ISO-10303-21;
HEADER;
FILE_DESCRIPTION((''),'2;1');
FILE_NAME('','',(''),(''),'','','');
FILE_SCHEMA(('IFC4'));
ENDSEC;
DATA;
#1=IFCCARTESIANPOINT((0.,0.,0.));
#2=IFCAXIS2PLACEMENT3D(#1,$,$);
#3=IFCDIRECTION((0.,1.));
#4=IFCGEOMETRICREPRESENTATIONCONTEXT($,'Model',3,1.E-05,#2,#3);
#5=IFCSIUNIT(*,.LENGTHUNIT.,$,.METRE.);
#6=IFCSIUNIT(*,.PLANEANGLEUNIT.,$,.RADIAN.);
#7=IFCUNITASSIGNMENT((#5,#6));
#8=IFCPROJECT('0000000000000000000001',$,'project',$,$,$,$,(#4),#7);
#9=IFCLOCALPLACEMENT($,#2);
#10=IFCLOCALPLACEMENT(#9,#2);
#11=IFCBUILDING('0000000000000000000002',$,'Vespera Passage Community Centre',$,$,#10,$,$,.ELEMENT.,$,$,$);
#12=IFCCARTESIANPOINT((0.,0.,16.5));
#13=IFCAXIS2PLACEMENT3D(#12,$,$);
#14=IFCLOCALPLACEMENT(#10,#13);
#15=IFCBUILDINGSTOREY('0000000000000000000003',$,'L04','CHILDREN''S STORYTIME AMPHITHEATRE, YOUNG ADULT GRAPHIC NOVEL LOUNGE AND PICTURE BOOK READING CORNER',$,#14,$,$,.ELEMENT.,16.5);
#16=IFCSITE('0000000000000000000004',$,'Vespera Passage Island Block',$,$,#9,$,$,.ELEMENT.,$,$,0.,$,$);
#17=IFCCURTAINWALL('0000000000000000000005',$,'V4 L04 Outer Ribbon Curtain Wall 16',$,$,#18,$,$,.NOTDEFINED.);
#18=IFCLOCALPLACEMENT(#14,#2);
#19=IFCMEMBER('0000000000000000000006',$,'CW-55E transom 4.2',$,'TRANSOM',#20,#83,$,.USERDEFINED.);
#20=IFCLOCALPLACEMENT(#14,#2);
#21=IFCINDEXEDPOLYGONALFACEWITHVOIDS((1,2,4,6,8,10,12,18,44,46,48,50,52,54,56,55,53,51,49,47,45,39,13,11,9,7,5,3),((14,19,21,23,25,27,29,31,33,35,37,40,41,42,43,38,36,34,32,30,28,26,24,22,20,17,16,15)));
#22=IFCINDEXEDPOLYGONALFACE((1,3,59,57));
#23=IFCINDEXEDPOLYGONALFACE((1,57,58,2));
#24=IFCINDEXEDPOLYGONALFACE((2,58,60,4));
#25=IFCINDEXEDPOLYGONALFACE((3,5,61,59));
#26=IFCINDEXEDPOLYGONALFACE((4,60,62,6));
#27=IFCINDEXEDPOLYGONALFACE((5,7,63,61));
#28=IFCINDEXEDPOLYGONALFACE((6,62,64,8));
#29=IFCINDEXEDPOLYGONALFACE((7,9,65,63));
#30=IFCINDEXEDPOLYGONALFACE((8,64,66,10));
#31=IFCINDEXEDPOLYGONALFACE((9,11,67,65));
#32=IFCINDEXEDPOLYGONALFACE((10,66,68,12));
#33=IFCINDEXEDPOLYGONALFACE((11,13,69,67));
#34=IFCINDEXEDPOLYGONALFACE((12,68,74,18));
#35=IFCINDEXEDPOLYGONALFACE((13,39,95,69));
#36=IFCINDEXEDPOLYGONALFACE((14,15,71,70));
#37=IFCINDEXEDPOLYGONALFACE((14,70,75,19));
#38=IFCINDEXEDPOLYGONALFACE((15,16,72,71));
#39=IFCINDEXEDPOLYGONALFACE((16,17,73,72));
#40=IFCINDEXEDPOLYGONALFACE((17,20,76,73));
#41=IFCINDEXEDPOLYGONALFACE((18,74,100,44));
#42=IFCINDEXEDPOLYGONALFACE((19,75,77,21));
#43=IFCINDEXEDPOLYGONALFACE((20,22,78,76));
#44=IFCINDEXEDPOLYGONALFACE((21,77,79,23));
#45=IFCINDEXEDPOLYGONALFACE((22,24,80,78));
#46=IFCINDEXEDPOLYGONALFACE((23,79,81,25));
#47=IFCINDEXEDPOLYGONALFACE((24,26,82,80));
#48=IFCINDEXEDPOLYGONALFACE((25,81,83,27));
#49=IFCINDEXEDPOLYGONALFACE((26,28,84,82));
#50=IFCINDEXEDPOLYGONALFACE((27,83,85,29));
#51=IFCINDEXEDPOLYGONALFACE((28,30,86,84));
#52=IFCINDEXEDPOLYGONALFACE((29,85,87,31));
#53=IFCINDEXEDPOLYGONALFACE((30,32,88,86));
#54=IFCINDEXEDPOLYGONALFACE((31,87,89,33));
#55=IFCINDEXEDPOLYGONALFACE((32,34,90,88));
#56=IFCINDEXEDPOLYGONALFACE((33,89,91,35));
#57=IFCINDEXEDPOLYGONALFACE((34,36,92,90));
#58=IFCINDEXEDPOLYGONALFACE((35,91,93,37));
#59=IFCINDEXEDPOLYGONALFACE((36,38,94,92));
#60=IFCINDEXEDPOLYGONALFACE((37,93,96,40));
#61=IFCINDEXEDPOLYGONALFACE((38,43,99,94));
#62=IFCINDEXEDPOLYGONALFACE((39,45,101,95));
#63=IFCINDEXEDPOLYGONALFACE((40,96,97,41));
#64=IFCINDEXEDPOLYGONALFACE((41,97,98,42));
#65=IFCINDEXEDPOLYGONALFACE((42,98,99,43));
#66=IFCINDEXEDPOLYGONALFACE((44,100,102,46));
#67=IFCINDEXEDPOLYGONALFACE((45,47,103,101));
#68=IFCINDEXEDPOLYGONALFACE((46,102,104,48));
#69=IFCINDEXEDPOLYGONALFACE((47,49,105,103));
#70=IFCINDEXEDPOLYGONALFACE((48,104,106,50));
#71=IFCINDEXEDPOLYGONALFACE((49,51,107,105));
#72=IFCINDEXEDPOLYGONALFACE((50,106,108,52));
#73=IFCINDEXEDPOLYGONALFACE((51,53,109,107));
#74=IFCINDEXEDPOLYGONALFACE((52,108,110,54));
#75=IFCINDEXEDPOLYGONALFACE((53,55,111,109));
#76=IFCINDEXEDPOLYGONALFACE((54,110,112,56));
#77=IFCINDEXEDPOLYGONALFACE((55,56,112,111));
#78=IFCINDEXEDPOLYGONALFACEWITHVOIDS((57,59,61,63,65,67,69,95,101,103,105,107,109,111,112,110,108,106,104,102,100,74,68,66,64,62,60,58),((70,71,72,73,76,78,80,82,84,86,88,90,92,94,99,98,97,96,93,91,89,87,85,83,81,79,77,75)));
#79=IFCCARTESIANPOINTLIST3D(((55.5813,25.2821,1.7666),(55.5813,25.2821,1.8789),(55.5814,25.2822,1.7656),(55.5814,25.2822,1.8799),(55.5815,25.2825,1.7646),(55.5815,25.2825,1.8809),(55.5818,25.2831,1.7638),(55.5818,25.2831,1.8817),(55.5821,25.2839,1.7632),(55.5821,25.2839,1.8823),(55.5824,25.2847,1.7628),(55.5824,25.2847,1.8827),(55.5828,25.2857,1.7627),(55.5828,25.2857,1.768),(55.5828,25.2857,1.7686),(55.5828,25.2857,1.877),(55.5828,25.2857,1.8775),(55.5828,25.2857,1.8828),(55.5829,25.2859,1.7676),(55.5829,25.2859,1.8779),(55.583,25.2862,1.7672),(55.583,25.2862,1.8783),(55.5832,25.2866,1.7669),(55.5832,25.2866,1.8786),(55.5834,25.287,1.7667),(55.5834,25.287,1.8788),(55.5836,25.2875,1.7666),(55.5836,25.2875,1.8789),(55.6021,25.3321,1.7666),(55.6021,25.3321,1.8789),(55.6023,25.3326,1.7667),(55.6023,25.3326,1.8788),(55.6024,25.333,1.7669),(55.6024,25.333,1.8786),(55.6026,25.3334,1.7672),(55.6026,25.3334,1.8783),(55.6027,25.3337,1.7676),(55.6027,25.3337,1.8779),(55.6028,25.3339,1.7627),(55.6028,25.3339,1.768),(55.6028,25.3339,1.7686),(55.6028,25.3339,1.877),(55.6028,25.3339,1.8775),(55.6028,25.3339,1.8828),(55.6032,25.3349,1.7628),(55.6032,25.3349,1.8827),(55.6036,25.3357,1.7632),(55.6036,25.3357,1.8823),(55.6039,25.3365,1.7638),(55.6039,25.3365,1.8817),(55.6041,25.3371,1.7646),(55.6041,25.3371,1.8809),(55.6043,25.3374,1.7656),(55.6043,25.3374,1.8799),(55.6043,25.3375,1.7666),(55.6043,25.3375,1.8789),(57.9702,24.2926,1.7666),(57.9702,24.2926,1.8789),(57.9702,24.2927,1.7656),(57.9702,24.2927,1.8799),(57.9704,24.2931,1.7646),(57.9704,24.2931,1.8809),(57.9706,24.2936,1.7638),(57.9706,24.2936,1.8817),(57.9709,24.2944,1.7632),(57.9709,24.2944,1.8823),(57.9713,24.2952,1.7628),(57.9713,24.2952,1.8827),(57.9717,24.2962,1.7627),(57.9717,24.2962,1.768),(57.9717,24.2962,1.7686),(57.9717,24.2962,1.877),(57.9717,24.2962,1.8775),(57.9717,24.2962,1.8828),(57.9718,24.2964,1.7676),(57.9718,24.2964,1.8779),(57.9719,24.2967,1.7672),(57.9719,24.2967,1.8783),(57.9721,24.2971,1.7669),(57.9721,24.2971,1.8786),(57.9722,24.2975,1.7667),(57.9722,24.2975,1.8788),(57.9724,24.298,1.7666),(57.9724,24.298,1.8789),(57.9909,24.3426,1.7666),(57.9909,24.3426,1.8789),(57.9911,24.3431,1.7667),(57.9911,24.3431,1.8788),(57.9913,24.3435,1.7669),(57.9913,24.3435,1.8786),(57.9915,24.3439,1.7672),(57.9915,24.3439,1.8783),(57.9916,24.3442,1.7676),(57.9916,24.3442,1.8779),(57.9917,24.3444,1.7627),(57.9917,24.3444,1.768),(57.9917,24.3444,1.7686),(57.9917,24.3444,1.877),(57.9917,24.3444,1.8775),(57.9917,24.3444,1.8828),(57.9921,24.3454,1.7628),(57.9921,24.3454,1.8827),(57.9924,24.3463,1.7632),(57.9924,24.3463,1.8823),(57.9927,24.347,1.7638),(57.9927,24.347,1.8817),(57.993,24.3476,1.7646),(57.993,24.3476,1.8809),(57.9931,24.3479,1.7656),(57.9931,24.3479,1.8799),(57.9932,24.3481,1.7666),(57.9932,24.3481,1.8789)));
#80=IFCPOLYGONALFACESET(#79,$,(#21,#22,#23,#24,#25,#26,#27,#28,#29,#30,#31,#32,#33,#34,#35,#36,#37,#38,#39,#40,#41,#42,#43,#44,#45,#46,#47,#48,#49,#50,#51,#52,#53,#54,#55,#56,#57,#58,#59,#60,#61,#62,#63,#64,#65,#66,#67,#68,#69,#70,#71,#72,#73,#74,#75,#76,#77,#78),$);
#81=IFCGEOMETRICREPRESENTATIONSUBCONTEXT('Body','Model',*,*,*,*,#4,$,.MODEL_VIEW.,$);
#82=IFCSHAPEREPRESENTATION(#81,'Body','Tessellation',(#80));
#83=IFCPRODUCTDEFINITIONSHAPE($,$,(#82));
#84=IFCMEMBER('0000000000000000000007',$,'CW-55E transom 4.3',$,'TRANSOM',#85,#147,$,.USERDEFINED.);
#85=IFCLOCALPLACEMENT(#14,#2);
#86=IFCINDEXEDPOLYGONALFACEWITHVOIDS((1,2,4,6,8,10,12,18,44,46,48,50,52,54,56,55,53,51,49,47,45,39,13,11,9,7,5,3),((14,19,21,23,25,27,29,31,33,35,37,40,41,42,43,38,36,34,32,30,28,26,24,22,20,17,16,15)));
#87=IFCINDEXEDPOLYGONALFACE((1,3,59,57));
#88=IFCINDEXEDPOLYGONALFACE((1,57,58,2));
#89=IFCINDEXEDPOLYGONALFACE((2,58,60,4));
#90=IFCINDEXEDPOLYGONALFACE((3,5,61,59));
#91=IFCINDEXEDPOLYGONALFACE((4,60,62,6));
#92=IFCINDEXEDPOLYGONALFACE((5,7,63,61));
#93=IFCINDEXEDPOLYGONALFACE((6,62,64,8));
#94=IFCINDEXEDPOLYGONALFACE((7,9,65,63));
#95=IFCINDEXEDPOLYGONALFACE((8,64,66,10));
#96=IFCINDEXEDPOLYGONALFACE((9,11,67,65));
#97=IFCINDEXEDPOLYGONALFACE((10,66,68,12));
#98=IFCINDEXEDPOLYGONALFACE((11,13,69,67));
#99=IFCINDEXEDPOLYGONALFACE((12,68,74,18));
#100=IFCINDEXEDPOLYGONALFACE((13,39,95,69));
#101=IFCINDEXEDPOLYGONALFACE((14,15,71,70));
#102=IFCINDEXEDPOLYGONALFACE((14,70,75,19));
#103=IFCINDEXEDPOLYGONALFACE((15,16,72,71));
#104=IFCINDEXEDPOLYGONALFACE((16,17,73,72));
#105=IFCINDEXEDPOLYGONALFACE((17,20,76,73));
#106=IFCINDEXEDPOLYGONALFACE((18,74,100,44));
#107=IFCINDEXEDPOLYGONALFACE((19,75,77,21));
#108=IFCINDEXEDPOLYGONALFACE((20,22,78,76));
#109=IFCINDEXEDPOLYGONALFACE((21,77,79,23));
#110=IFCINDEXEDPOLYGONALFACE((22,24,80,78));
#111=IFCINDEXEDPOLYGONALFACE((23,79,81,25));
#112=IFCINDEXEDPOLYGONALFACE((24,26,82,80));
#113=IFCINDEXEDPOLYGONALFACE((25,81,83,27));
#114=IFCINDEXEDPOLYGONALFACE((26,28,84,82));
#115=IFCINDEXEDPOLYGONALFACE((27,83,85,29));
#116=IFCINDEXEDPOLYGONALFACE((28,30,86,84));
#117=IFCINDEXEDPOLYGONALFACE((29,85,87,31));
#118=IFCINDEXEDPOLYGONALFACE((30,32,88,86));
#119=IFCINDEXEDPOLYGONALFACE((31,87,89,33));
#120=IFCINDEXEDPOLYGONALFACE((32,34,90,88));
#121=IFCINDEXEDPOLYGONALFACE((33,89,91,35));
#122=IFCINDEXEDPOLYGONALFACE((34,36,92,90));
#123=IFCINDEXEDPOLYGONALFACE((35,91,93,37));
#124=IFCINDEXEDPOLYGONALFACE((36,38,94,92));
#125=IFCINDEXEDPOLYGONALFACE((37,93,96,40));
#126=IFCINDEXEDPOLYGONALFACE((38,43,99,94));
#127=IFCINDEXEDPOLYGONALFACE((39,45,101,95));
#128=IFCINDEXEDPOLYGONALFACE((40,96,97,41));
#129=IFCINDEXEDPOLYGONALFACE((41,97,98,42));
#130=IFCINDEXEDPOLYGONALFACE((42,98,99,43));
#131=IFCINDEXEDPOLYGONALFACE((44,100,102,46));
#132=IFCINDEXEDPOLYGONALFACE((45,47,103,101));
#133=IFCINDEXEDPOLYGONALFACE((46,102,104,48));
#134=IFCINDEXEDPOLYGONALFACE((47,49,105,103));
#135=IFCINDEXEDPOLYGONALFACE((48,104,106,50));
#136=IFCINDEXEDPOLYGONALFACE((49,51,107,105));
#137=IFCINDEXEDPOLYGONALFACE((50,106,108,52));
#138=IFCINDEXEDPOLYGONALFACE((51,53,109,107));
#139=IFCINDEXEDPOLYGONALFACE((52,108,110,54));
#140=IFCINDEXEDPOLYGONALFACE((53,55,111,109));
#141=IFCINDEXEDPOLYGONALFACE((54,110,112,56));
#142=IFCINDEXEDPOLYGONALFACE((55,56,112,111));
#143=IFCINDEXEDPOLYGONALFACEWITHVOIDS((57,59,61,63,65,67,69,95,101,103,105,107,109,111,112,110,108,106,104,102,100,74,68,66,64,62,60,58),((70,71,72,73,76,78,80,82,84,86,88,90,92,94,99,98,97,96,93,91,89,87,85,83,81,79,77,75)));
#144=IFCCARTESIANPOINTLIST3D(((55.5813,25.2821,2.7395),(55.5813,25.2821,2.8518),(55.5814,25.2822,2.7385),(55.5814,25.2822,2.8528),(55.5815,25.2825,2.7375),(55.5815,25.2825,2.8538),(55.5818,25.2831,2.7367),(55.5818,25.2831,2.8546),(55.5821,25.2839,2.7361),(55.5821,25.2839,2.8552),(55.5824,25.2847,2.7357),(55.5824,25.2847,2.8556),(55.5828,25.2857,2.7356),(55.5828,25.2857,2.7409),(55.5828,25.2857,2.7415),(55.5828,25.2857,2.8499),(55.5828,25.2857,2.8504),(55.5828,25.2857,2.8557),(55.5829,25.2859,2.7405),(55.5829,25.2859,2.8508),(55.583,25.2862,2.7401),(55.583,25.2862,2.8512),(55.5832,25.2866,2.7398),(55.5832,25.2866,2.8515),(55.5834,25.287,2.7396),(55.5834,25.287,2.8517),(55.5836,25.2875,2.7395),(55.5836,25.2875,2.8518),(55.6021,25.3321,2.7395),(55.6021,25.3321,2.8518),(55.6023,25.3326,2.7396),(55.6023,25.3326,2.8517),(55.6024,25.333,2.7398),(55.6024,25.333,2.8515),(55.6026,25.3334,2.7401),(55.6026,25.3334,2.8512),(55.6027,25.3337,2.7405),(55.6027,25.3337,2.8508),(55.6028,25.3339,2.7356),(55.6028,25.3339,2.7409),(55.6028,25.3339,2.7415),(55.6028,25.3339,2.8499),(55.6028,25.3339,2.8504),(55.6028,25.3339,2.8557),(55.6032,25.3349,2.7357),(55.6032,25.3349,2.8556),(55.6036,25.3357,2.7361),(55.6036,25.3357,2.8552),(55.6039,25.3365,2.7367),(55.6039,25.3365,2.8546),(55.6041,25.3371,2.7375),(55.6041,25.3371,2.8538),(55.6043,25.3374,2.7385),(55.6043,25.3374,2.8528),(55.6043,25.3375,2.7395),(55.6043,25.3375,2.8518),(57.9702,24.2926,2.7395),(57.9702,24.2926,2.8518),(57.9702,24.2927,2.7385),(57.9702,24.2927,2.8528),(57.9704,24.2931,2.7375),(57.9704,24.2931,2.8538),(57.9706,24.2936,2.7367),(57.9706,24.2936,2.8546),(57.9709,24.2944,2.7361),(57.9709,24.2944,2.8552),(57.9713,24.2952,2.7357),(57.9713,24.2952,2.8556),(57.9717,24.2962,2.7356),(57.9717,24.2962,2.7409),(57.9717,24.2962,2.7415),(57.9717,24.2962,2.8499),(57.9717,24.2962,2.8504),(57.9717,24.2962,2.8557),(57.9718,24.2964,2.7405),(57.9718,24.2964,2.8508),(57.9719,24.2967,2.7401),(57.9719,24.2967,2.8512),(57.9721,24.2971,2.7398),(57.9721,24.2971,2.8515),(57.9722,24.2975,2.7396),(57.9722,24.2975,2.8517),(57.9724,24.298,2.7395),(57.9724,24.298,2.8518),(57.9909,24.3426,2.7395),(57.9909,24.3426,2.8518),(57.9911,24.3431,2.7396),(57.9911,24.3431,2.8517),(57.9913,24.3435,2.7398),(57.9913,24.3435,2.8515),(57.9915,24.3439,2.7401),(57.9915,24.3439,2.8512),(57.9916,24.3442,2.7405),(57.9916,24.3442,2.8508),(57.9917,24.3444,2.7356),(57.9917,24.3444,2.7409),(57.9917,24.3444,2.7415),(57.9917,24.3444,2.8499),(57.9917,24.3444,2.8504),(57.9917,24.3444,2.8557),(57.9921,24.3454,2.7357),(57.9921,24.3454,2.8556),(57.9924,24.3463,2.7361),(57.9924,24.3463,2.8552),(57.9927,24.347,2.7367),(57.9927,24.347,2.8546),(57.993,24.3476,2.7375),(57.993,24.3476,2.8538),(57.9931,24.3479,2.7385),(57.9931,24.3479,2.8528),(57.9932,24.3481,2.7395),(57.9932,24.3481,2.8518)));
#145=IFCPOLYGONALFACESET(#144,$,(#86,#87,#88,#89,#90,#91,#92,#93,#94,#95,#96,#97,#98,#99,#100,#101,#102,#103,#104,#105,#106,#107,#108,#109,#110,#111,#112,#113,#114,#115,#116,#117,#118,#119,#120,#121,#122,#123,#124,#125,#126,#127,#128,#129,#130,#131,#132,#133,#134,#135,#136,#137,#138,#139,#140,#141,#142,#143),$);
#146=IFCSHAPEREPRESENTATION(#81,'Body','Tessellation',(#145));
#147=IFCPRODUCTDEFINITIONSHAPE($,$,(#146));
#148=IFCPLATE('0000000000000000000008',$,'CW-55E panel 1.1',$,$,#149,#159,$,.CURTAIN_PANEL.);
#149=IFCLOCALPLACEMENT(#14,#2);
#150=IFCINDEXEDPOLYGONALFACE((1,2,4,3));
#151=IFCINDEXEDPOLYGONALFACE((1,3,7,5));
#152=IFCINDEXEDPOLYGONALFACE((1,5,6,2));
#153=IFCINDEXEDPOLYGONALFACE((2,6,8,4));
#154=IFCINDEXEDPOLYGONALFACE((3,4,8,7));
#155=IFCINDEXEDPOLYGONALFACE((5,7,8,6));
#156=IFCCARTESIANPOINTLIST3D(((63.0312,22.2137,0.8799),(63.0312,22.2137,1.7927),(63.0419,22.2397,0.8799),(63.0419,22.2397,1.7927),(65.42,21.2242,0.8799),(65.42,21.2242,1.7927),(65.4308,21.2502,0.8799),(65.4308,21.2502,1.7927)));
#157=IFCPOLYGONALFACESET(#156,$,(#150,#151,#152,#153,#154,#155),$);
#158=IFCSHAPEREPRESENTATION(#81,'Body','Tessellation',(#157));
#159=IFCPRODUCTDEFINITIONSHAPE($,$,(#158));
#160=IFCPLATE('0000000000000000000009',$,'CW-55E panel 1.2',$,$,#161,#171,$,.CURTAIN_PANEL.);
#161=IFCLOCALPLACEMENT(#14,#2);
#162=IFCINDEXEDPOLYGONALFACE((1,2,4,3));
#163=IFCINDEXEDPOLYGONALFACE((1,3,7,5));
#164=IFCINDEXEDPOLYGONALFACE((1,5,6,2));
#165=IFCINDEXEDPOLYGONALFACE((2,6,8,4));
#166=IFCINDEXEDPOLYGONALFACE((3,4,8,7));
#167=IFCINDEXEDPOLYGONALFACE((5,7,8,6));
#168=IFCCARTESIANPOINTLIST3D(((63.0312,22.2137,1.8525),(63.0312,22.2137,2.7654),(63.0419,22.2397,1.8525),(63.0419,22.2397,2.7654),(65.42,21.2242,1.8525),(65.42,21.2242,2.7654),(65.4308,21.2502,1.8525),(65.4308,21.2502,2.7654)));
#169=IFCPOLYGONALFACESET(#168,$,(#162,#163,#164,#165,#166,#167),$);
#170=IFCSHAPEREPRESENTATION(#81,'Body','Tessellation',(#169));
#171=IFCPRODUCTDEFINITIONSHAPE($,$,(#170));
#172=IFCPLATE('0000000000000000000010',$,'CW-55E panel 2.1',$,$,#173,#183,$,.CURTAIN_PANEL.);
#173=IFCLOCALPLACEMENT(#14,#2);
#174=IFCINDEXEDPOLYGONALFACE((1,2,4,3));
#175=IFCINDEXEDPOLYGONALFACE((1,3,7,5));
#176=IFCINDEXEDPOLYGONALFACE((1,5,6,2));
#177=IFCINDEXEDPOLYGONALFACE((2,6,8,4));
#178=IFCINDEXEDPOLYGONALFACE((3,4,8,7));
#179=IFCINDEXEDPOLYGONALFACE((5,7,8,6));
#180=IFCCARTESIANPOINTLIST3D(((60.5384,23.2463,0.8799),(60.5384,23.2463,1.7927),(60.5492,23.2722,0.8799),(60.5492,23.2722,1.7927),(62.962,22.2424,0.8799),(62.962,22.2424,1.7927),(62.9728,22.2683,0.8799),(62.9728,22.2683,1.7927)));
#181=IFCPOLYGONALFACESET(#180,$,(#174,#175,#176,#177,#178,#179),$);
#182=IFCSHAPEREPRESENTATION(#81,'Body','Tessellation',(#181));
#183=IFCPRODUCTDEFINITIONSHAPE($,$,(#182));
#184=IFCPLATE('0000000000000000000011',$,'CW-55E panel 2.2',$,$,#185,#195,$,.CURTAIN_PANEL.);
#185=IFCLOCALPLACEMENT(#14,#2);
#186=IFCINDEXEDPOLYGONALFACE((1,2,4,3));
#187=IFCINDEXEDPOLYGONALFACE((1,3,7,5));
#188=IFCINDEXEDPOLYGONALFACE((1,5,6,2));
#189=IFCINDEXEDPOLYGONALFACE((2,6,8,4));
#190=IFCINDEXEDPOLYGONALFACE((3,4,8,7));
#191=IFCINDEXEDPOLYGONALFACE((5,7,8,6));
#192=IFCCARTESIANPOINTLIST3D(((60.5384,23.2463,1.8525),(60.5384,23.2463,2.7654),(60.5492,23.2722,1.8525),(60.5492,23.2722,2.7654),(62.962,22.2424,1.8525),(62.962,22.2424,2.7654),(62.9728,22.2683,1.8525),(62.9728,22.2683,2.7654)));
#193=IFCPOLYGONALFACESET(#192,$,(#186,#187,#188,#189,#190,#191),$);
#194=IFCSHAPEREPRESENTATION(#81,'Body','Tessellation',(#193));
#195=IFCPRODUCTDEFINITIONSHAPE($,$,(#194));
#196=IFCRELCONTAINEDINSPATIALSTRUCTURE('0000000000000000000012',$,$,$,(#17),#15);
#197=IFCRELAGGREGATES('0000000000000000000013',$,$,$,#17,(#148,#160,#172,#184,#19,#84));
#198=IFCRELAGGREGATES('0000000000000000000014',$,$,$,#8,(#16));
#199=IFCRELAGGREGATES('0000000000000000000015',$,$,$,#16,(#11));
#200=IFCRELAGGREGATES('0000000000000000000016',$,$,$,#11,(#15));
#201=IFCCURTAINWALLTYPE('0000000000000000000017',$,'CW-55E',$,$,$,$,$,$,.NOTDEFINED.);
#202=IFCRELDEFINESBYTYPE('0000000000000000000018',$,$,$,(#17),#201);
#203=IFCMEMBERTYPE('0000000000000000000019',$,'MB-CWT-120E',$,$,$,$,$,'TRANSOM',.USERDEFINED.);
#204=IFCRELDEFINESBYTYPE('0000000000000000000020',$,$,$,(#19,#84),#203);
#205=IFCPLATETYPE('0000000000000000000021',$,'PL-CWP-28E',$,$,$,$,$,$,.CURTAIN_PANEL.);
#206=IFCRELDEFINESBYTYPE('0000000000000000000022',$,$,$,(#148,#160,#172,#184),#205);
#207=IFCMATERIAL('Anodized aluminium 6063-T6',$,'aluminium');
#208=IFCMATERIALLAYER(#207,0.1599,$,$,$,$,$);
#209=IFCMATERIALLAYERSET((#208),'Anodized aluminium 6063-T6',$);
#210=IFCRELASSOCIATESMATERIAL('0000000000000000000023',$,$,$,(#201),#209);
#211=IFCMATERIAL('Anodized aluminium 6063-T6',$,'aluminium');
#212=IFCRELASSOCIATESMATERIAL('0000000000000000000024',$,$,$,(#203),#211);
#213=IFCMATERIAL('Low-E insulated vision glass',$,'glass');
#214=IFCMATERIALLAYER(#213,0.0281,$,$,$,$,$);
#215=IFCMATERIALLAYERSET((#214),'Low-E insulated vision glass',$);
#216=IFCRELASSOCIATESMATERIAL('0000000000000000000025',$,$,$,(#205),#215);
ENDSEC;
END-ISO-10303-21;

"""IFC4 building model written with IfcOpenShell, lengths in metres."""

from ifc_helpers import new_model, si_unit, direction, frame, origin, origin_2d, place, context, subcontext, project, spatial, rectangle, hollow_rectangle, extrude, material, layer, layer_set, material_profile, profile_set, type_object, element, aggregate, save


model = new_model("IFC4")

# Units and contexts
model_context = context("Model", 3, precision=1e-05, world=origin(), true_north=direction((0.0, 1.0)))
body_context = subcontext(model_context, "Body", "Model", "MODEL_VIEW")
ifc_project = project(units=[si_unit("LENGTHUNIT", "METRE"), si_unit("PLANEANGLEUNIT", "RADIAN")], contexts=[model_context])

# Site, building, storey
site_placement = place(None, origin())
site = spatial("IfcSite", under=ifc_project, at=site_placement, Name="Vespera Passage Island Block", CompositionType="ELEMENT", RefElevation=0.0)
building_placement = place(site_placement, origin())
building = spatial("IfcBuilding", under=site, at=building_placement, Name="Vespera Passage Community Centre", CompositionType="ELEMENT")
storey_placement = place(building_placement, frame((0.0, 0.0, 16.5)))
storey = spatial("IfcBuildingStorey", under=building, at=storey_placement, Name="L04", Description="CHILDREN'S STORYTIME AMPHITHEATRE, YOUNG ADULT GRAPHIC NOVEL LOUNGE AND PICTURE BOOK READING CORNER", CompositionType="ELEMENT", Elevation=16.5)

# Curtain wall, members, plates
ifc_material_1 = material(Name="Anodized aluminium 6063-T6", Category="aluminium")
ifc_layer_1 = layer(ifc_material_1, 0.1599)
ifc_layer_set_1 = layer_set([ifc_layer_1], Name="Anodized aluminium 6063-T6")
curtain_wall_type = type_object("IfcCurtainWallType", Name="CW-55E", PredefinedType="NOTDEFINED", material=ifc_layer_set_1)
curtain_wall_placement = place(storey_placement, origin())
curtain_wall = element("IfcCurtainWall", 1, at=curtain_wall_placement, inside=storey, type_object=curtain_wall_type, Name="V4 L04 Outer Ribbon Curtain Wall 16", PredefinedType="NOTDEFINED")
ifc_material_2 = material(Name="Anodized aluminium 6063-T6", Category="aluminium")
ifc_material_profile_1 = material_profile(ifc_material_2, hollow_rectangle(XDim=0.0601, YDim=0.1201, WallThickness=0.0039, InnerFilletRadius=0.002, OuterFilletRadius=0.0039, at=origin_2d()), Name="ALU120X60X4")
ifc_profile_set_1 = profile_set([ifc_material_profile_1], Name="Anodized aluminium 6063-T6")
member_type_1 = type_object("IfcMemberType", Name="MB-CWT-120E", ElementType="TRANSOM", PredefinedType="USERDEFINED", material=ifc_profile_set_1)
member_1_placement = place(storey_placement, frame((57.9817, 24.3203, 1.8228), z_axis=(-0.923882, 0.382677, 0.0), x_axis=(-0.382677, -0.923882, 0.0)))
member_1 = element("IfcMember", 2, at=member_1_placement, type_object=member_type_1, Name="CW-55E transom 4.2", ObjectType="TRANSOM", PredefinedType="USERDEFINED", context=body_context, shape_type="SweptSolid", body=[
    extrude(hollow_rectangle(XDim=0.0601, YDim=0.1201, WallThickness=0.0039, InnerFilletRadius=0.002, OuterFilletRadius=0.0039, at=origin_2d()), origin(), (0.0, 0.0, 1.0), 2.5857),
])
member_2_placement = place(storey_placement, frame((57.9817, 24.3203, 2.7957), z_axis=(-0.923882, 0.382677, 0.0), x_axis=(-0.382677, -0.923882, 0.0)))
member_2 = element("IfcMember", 3, at=member_2_placement, type_object=member_type_1, Name="CW-55E transom 4.3", ObjectType="TRANSOM", PredefinedType="USERDEFINED", context=body_context, shape_type="SweptSolid", body=[
    extrude(hollow_rectangle(XDim=0.0601, YDim=0.1201, WallThickness=0.0039, InnerFilletRadius=0.002, OuterFilletRadius=0.0039, at=origin_2d()), origin(), (0.0, 0.0, 1.0), 2.5857),
])
ifc_material_3 = material(Name="Low-E insulated vision glass", Category="glass")
ifc_layer_2 = layer(ifc_material_3, 0.0281)
ifc_layer_set_2 = layer_set([ifc_layer_2], Name="Low-E insulated vision glass")
plate_type = type_object("IfcPlateType", Name="PL-CWP-28E", PredefinedType="CURTAIN_PANEL", material=ifc_layer_set_2)
plate_1_placement = place(storey_placement, frame((64.231, 21.7319, 0.8799), z_axis=(0.0, 0.0, 1.0), x_axis=(-0.92388, 0.382683, 0.0)))
plate_1 = element("IfcPlate", 4, at=plate_1_placement, type_object=plate_type, Name="CW-55E panel 1.1", PredefinedType="CURTAIN_PANEL", context=body_context, shape_type="SweptSolid", body=[
    extrude(rectangle(XDim=2.5857, YDim=0.0281, at=origin_2d()), origin(), (0.0, 0.0, 1.0), 0.9128),
])
plate_2_placement = place(storey_placement, frame((64.231, 21.7319, 1.8525), z_axis=(0.0, 0.0, 1.0), x_axis=(-0.92388, 0.382683, 0.0)))
plate_2 = element("IfcPlate", 5, at=plate_2_placement, type_object=plate_type, Name="CW-55E panel 1.2", PredefinedType="CURTAIN_PANEL", context=body_context, shape_type="SweptSolid", body=[
    extrude(rectangle(XDim=2.5857, YDim=0.0281, at=origin_2d()), origin(), (0.0, 0.0, 1.0), 0.9128),
])
plate_3_placement = place(storey_placement, frame((61.7556, 22.7573, 0.8799), z_axis=(0.0, 0.0, 1.0), x_axis=(-0.92388, 0.382683, 0.0)))
plate_3 = element("IfcPlate", 6, at=plate_3_placement, type_object=plate_type, Name="CW-55E panel 2.1", PredefinedType="CURTAIN_PANEL", context=body_context, shape_type="SweptSolid", body=[
    extrude(rectangle(XDim=2.6233, YDim=0.0281, at=origin_2d()), origin(), (0.0, 0.0, 1.0), 0.9128),
])
plate_4_placement = place(storey_placement, frame((61.7556, 22.7573, 1.8525), z_axis=(0.0, 0.0, 1.0), x_axis=(-0.92388, 0.382683, 0.0)))
plate_4 = element("IfcPlate", 7, at=plate_4_placement, type_object=plate_type, Name="CW-55E panel 2.2", PredefinedType="CURTAIN_PANEL", context=body_context, shape_type="SweptSolid", body=[
    extrude(rectangle(XDim=2.6233, YDim=0.0281, at=origin_2d()), origin(), (0.0, 0.0, 1.0), 0.9128),
])
aggregate(curtain_wall, [plate_1, plate_2, plate_3, plate_4, member_1, member_2])

save(model, "model.ifc")
